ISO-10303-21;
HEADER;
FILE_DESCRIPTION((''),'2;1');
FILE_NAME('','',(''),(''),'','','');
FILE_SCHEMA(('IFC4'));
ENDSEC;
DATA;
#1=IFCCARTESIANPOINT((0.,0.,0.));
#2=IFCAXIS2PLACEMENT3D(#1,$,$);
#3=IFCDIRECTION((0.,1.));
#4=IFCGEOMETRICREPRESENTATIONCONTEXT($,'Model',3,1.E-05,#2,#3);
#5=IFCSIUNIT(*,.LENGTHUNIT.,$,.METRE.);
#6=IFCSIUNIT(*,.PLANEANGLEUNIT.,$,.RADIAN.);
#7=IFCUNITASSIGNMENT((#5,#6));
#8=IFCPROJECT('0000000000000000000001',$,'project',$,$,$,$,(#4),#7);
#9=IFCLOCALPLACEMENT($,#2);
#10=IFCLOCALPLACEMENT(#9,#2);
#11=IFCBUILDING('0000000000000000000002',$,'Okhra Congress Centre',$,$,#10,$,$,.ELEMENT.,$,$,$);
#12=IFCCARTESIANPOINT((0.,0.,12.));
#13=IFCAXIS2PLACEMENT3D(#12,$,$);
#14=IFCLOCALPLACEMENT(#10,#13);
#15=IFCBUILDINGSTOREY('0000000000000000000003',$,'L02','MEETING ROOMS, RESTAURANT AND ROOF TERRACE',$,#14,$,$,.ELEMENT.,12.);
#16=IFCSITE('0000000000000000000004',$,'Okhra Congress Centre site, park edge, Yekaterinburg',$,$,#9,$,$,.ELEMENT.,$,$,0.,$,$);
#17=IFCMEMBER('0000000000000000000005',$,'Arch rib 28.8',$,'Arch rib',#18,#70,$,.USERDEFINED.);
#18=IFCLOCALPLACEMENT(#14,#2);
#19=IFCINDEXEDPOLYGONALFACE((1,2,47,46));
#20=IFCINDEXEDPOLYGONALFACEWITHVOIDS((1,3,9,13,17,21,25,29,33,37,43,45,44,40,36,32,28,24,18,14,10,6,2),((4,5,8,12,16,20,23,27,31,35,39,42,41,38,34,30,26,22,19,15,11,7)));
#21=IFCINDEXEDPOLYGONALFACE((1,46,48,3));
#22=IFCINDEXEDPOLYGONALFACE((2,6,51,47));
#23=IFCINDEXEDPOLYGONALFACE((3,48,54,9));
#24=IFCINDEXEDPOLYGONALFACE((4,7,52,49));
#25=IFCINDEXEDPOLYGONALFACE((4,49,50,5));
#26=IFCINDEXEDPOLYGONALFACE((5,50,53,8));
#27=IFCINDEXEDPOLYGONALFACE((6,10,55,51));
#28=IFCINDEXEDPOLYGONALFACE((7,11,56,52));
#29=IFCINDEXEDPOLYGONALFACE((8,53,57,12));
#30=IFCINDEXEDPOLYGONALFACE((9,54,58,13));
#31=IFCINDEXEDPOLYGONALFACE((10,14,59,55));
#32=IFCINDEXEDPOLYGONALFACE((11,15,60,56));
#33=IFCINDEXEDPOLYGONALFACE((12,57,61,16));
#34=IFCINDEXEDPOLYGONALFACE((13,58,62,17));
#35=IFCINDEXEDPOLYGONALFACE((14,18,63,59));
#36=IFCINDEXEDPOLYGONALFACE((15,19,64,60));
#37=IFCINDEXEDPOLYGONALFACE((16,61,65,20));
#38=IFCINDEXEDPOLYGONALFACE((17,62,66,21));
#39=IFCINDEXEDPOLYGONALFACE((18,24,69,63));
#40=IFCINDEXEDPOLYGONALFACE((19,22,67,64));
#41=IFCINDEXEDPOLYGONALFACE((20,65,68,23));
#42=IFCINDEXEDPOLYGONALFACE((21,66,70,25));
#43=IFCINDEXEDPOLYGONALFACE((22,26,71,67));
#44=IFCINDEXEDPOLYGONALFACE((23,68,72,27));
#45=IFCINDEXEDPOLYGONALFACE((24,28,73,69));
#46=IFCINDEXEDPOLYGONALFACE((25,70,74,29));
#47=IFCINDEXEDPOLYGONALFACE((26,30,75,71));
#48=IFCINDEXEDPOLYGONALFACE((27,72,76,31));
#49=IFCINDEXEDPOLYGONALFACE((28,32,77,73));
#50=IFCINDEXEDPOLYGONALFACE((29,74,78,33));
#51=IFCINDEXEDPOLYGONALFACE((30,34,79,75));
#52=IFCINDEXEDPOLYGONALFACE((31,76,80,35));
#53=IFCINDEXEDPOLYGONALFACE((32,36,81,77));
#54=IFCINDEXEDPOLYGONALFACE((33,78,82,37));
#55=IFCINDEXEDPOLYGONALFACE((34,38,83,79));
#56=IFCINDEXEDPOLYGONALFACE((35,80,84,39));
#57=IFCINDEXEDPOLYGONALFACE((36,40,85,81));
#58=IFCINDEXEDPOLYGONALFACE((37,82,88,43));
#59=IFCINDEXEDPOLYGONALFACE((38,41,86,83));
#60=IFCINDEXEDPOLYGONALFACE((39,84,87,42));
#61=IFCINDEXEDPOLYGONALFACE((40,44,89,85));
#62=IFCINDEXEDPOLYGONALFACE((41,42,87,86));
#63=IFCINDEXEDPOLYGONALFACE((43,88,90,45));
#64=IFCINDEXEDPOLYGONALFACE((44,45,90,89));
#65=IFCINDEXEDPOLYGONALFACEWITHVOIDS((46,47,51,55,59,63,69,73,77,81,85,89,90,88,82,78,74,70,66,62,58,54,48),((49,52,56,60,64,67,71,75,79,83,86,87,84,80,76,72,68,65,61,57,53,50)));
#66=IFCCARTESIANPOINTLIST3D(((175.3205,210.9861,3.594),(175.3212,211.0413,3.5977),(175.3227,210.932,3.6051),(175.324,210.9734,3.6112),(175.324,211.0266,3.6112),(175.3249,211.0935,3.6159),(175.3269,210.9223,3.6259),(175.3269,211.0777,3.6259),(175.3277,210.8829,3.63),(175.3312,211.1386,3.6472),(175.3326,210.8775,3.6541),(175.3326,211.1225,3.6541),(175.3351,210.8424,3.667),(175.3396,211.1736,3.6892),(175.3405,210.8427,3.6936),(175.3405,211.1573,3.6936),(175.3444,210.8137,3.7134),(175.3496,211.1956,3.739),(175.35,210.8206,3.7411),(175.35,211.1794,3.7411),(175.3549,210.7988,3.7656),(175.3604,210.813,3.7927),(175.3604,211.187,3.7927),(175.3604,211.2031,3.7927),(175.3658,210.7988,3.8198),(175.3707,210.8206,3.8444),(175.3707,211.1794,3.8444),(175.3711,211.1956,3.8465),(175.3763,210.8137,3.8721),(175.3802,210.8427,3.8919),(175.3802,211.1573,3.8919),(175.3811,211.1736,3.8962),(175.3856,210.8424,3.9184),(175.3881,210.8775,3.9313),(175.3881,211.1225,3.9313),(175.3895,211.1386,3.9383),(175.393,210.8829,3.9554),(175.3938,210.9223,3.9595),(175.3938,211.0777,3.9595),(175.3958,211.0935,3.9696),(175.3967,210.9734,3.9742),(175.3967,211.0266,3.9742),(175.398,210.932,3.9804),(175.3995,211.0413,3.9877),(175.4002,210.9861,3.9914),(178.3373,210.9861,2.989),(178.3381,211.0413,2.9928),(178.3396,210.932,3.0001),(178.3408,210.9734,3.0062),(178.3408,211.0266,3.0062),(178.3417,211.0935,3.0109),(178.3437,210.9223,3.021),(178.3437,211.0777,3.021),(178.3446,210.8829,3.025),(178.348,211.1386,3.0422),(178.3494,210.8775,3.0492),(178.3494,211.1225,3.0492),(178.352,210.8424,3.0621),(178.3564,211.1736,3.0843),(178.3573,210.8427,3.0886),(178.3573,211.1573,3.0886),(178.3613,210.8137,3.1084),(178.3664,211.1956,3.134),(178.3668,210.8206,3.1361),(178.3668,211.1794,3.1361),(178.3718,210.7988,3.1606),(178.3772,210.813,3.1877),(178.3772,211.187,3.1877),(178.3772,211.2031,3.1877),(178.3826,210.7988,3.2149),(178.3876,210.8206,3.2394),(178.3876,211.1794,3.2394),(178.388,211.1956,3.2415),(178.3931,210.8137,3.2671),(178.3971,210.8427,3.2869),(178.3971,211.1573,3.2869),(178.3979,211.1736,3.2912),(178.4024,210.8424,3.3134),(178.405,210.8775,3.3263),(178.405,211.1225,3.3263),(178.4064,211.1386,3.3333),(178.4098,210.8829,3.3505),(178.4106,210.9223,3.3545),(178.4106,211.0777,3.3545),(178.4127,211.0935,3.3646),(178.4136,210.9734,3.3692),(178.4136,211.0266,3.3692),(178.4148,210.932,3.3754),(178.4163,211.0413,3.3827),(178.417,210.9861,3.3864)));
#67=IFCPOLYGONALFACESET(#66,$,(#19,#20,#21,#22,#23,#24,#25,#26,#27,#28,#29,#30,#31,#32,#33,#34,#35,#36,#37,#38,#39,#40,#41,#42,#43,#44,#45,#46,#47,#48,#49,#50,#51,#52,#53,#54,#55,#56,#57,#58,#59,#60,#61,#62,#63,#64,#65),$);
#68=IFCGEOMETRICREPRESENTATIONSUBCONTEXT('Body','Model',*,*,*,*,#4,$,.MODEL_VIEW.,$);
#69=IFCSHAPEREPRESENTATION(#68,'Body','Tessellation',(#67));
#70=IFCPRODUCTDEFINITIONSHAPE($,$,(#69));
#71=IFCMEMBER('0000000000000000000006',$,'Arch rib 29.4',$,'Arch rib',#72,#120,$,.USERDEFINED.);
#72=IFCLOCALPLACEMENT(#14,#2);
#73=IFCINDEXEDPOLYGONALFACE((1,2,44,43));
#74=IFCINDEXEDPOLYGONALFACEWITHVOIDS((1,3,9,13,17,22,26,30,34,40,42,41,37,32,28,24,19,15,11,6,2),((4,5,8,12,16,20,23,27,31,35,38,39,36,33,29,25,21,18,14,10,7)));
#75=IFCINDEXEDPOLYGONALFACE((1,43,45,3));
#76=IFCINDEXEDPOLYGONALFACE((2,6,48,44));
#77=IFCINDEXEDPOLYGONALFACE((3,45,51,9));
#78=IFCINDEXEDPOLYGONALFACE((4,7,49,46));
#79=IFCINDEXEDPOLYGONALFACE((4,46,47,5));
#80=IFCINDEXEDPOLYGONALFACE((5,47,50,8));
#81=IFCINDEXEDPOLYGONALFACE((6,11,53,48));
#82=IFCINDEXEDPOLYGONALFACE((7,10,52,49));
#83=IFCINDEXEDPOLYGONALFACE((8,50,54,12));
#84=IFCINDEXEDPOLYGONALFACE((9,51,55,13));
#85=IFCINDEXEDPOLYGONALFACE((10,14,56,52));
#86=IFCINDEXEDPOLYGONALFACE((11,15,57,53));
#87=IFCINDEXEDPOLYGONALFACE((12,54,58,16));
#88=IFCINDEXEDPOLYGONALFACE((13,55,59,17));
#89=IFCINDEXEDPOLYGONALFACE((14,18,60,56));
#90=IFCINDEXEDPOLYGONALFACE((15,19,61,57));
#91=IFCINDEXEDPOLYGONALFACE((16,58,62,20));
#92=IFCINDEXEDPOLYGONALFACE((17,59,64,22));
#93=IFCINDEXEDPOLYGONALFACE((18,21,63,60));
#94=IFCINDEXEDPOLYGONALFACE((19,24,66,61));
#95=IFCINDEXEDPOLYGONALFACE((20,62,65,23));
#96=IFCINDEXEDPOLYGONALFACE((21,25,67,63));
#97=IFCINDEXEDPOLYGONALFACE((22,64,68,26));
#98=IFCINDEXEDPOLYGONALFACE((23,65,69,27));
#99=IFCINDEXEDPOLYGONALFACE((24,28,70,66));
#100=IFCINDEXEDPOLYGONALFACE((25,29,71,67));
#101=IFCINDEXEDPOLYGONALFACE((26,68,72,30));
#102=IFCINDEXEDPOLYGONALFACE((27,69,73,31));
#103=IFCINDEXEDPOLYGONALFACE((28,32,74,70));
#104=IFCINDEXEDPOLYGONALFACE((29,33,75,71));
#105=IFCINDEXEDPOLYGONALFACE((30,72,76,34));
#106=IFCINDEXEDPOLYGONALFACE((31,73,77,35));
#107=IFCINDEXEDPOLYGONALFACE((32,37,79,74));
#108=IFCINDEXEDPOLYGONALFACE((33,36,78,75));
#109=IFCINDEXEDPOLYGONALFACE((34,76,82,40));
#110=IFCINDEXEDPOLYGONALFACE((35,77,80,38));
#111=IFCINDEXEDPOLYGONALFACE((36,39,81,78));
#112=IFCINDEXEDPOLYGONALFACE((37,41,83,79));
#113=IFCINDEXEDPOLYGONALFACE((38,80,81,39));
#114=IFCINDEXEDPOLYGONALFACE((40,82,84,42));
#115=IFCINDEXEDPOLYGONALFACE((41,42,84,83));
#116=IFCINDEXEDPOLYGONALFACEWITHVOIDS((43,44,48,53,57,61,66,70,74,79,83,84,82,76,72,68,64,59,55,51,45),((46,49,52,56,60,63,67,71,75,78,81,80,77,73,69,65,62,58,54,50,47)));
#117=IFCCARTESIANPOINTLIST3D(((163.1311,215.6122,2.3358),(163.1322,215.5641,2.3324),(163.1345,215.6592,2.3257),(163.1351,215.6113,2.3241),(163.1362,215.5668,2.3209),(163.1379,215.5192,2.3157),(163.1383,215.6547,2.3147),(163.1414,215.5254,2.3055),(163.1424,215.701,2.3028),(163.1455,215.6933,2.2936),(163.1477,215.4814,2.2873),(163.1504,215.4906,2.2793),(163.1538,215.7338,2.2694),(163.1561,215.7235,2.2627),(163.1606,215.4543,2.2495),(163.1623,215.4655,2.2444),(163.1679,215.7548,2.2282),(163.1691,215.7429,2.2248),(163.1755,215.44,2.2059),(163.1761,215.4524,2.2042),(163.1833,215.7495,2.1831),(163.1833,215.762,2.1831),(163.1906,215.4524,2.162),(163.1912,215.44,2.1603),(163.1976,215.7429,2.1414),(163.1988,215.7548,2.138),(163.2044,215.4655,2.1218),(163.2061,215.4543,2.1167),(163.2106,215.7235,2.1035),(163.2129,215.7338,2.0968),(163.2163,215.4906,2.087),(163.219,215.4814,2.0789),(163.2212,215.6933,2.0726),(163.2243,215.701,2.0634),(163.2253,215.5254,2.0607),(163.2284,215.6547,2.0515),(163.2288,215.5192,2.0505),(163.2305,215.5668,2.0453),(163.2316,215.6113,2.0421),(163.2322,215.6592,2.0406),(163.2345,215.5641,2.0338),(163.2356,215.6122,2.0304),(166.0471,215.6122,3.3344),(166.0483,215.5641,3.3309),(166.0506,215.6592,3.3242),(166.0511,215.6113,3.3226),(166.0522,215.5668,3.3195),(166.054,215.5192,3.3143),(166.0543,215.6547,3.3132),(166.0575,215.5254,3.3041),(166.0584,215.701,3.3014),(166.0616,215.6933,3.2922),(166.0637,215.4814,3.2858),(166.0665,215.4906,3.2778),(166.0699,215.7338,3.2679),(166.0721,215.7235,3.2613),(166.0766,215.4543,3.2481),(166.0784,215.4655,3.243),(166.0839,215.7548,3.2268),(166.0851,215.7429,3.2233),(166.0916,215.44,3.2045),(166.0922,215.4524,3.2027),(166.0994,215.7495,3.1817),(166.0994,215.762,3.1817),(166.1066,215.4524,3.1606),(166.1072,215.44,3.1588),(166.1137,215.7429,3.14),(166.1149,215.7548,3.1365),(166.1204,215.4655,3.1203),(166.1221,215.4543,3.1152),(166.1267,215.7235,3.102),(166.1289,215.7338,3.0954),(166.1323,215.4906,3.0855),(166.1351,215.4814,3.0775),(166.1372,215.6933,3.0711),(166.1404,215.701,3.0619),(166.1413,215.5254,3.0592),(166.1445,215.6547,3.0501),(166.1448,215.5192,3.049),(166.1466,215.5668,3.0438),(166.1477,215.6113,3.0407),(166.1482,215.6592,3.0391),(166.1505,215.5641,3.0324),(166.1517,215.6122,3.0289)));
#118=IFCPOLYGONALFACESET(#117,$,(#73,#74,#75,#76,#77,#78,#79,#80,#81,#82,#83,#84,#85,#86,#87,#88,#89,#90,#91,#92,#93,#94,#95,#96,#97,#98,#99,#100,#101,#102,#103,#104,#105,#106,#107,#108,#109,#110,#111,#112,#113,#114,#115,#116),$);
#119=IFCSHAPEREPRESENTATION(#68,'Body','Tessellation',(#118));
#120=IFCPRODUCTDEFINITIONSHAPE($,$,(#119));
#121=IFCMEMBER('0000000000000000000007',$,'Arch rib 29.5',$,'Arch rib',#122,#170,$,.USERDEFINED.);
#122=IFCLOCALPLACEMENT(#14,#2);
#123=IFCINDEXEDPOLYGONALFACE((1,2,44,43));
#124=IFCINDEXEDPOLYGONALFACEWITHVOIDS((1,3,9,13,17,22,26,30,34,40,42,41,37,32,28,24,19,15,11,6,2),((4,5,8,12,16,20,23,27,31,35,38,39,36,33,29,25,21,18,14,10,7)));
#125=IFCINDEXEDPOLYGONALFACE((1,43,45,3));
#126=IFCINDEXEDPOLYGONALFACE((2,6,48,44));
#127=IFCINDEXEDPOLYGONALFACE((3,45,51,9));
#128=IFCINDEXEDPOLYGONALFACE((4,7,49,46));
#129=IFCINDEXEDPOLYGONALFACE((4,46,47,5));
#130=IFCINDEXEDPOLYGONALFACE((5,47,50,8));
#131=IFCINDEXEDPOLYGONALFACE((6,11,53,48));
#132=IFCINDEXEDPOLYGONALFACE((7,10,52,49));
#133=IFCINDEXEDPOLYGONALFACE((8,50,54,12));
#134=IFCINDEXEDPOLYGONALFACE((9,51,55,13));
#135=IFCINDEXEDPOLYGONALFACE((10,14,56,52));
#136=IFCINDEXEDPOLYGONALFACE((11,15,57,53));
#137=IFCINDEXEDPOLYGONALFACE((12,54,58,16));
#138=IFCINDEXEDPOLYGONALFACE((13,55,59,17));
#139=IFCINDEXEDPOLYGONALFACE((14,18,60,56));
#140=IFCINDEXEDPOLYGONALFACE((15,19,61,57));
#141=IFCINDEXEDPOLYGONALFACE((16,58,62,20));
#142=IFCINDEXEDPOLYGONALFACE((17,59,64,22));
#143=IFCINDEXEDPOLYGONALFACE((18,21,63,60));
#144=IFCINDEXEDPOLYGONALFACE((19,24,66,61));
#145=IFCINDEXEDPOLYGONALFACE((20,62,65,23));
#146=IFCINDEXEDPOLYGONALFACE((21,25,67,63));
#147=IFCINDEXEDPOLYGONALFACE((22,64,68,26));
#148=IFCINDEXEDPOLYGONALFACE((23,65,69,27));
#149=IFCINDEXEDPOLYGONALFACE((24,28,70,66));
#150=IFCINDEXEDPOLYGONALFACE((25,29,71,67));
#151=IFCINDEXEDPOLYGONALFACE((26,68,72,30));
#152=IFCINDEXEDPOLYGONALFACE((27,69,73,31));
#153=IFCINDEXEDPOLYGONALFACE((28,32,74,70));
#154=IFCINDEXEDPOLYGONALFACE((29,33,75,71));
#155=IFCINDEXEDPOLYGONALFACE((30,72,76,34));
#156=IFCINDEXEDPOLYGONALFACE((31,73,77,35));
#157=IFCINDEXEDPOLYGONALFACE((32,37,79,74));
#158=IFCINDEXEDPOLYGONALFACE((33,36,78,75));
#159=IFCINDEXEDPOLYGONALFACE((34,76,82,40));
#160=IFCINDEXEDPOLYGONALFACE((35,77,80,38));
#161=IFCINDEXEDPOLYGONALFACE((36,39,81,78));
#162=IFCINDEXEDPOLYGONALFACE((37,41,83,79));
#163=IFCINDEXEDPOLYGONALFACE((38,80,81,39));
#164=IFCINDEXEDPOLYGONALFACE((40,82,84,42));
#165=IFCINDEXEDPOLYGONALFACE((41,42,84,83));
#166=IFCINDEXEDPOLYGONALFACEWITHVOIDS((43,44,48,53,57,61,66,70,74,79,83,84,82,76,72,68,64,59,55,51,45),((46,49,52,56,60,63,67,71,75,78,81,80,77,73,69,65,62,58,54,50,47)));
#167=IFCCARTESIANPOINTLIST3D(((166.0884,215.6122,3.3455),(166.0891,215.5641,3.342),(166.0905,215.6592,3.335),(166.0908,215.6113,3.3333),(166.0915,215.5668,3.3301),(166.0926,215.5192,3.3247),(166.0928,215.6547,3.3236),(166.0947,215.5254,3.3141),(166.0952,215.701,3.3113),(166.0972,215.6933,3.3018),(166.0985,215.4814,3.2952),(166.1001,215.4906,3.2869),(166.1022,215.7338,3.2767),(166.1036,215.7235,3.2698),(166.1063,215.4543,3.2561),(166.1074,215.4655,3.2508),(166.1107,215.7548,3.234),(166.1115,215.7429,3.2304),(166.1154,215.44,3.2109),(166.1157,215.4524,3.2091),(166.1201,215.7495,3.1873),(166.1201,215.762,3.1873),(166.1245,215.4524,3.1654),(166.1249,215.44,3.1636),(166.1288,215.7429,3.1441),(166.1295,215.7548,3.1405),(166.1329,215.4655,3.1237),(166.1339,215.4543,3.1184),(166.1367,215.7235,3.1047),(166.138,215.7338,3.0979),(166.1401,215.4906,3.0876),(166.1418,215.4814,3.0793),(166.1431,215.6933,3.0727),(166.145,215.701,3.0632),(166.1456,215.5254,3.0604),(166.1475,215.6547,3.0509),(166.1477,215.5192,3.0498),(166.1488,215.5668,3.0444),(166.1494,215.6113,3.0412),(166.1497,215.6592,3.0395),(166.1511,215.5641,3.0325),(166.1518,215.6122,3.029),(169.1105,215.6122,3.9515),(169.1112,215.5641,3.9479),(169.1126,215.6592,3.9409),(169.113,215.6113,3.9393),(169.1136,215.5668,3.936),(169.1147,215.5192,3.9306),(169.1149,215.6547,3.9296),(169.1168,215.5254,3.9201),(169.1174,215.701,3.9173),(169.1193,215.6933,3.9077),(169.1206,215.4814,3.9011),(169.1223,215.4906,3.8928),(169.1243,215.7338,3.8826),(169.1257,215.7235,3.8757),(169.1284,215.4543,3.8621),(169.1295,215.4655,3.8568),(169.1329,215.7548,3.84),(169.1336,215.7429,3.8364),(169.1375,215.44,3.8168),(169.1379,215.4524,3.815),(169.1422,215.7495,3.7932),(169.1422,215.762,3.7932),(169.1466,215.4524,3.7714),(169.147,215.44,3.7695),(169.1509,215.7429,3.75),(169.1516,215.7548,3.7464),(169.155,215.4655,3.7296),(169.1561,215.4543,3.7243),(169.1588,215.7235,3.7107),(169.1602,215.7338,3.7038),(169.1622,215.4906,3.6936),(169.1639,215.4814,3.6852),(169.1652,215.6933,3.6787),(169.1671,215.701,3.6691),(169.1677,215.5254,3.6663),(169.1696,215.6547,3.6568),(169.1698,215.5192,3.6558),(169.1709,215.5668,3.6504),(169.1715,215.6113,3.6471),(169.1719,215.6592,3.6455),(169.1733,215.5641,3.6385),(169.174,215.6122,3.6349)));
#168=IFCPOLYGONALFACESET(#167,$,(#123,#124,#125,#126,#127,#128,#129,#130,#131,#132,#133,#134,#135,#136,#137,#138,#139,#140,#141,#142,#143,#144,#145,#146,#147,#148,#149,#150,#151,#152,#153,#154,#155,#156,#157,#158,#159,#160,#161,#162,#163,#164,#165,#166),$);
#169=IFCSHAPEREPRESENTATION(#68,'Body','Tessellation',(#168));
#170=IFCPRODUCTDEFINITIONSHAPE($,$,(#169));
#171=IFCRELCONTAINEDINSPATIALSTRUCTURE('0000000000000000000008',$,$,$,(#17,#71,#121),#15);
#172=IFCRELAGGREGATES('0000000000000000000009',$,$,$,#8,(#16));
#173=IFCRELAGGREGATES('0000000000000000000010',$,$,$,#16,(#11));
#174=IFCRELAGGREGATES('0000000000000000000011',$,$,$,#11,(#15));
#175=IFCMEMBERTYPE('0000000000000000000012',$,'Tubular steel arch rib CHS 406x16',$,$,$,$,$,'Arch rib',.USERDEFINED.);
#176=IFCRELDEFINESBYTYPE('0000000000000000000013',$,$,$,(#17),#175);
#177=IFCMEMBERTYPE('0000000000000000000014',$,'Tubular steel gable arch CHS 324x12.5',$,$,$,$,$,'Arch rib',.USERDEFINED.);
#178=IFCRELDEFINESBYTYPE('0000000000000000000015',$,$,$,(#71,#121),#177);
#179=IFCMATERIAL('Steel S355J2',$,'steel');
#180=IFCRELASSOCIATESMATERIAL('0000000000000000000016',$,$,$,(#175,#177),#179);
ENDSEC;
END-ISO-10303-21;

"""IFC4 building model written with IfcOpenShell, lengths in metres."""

from ifc_helpers import new_model, si_unit, direction, frame, origin, origin_2d, place, context, subcontext, project, spatial, hollow_circle, extrude, material, material_profile, profile_set, type_object, element, save


model = new_model("IFC4")

# Units and contexts
model_context = context("Model", 3, precision=1e-05, world=origin(), true_north=direction((0.0, 1.0)))
body_context = subcontext(model_context, "Body", "Model", "MODEL_VIEW")
ifc_project = project(units=[si_unit("LENGTHUNIT", "METRE"), si_unit("PLANEANGLEUNIT", "RADIAN")], contexts=[model_context])

# Site, building, storey
site_placement = place(None, origin())
site = spatial("IfcSite", under=ifc_project, at=site_placement, Name="Okhra Congress Centre site, park edge, Yekaterinburg", CompositionType="ELEMENT", RefElevation=0.0)
building_placement = place(site_placement, origin())
building = spatial("IfcBuilding", under=site, at=building_placement, Name="Okhra Congress Centre", CompositionType="ELEMENT")
storey_placement = place(building_placement, frame((0.0, 0.0, 12.0)))
storey = spatial("IfcBuildingStorey", under=building, at=storey_placement, Name="L02", Description="MEETING ROOMS, RESTAURANT AND ROOF TERRACE", CompositionType="ELEMENT", Elevation=12.0)

# Members
ifc_material_1 = material(Name="Steel S355J2", Category="steel")
ifc_material_profile_1 = material_profile(ifc_material_1, hollow_circle(Radius=0.2031, WallThickness=0.0161, at=origin_2d()), Name="CHS 406.4x16")
ifc_profile_set_1 = profile_set([ifc_material_profile_1], Name="Steel S355J2")
member_type_1 = type_object("IfcMemberType", Name="Tubular steel arch rib CHS 406x16", ElementType="Arch rib", PredefinedType="USERDEFINED", material=ifc_profile_set_1)
for number, where, z_axis, x_axis, name in (
    (1, (175.3604, 211.0, 3.7927), (0.98048, 0.0, -0.19662), (0.0, 1.0, 0.0), "Arch rib 28.8"),
):
    element("IfcMember", number, at=place(storey_placement, frame(where, z_axis=z_axis, x_axis=x_axis)), inside=storey, type_object=member_type_1, Name=name, ObjectType="Arch rib", PredefinedType="USERDEFINED", context=body_context, shape_type="SweptSolid", body=[
        extrude(hollow_circle(Radius=0.2031, WallThickness=0.0161, at=origin_2d()), origin(), (0.0, 0.0, 1.0), 3.0769),
    ])
ifc_material_profile_2 = material_profile(ifc_material_1, hollow_circle(Radius=0.1619, WallThickness=0.0125, at=origin_2d()), Name="CHS 323.9x12.5")
ifc_profile_set_2 = profile_set([ifc_material_profile_2], Name="Steel S355J2")
member_type_2 = type_object("IfcMemberType", Name="Tubular steel gable arch CHS 324x12.5", ElementType="Arch rib", PredefinedType="USERDEFINED", material=ifc_profile_set_2)
for number, where, z_axis, x_axis, name in (
    (2, (163.1833, 215.6001, 2.1831), (0.946069, 0.0, 0.323964), (0.0, 1.0, 0.0), "Arch rib 29.4"),
    (3, (166.1201, 215.6001, 3.1873), (0.980486, 0.0, 0.196588), (0.0, 1.0, 0.0), "Arch rib 29.5"),
):
    element("IfcMember", number, at=place(storey_placement, frame(where, z_axis=z_axis, x_axis=x_axis)), inside=storey, type_object=member_type_2, Name=name, ObjectType="Arch rib", PredefinedType="USERDEFINED", context=body_context, shape_type="SweptSolid", body=[
        extrude(hollow_circle(Radius=0.1619, WallThickness=0.0125, at=origin_2d()), origin(), (0.0, 0.0, 1.0), 3.0823),
    ])

save(model, "model.ifc")
